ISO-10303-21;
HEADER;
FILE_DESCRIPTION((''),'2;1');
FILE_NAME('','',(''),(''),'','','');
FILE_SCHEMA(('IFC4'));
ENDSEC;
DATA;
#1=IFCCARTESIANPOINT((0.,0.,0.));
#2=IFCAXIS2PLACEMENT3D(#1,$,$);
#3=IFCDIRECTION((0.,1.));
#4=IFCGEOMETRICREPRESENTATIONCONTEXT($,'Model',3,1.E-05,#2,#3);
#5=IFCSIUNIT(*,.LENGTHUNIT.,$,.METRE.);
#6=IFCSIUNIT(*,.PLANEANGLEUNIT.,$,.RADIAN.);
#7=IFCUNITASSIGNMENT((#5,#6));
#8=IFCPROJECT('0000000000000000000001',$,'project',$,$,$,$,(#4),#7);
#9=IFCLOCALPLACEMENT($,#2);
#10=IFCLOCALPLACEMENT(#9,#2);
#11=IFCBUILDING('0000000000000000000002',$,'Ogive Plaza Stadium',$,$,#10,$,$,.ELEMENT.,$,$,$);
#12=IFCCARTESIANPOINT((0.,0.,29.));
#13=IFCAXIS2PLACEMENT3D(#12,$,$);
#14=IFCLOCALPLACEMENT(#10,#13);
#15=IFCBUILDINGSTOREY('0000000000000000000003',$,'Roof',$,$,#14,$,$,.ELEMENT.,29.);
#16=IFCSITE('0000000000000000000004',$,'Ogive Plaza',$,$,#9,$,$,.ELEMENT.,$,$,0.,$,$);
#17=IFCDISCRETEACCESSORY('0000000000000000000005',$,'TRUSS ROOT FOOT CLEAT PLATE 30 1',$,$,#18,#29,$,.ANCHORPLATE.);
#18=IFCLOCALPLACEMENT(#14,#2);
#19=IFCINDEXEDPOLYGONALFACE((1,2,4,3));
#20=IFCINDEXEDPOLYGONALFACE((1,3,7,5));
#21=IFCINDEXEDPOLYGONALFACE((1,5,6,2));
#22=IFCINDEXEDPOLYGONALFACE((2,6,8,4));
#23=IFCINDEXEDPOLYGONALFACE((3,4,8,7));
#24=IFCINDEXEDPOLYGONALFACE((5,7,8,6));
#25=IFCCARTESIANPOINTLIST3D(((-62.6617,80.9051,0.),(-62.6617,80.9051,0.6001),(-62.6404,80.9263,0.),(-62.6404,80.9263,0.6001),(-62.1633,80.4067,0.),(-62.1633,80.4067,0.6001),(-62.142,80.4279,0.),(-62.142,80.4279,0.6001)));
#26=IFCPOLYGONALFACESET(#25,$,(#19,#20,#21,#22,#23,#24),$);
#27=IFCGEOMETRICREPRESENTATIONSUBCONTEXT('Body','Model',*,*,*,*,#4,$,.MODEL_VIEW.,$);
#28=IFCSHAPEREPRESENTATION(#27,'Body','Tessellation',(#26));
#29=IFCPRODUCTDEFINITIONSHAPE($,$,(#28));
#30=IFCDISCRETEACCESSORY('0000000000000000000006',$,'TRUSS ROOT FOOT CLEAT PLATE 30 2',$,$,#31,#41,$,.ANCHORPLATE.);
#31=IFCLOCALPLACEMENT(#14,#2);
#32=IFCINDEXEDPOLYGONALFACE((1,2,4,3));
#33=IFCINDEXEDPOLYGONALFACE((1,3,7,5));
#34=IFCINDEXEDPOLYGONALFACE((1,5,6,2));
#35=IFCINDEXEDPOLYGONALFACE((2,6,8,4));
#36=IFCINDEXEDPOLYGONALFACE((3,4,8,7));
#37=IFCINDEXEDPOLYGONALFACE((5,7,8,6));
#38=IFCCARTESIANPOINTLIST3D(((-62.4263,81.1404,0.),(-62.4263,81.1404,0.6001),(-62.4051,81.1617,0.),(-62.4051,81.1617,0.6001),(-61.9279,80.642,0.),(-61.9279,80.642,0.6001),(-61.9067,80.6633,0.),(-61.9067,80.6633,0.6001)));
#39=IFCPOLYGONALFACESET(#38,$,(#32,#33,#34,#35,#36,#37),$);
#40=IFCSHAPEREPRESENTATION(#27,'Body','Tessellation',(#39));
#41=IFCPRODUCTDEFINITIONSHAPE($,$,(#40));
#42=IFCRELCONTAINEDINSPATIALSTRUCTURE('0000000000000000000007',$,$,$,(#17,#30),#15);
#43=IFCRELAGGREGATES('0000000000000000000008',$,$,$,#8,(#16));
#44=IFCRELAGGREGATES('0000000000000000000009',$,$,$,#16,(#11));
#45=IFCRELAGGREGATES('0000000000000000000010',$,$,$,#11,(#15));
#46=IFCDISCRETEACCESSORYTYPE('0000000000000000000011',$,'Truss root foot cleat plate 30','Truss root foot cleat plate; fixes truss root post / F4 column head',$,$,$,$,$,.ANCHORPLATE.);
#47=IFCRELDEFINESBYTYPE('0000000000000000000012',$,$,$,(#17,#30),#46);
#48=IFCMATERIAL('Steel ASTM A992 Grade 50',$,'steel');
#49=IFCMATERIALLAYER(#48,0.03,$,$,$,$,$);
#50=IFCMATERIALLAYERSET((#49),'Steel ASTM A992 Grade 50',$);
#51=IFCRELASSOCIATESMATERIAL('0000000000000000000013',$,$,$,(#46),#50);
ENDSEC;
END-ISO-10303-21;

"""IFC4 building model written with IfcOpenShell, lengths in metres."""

from ifc_helpers import new_model, si_unit, direction, frame, origin, origin_2d, place, context, subcontext, project, spatial, rectangle, extrude, material, layer, layer_set, type_object, element, save


model = new_model("IFC4")

# Units and contexts
model_context = context("Model", 3, precision=1e-05, world=origin(), true_north=direction((0.0, 1.0)))
body_context = subcontext(model_context, "Body", "Model", "MODEL_VIEW")
ifc_project = project(units=[si_unit("LENGTHUNIT", "METRE"), si_unit("PLANEANGLEUNIT", "RADIAN")], contexts=[model_context])

# Site, building, storey
site_placement = place(None, origin())
site = spatial("IfcSite", under=ifc_project, at=site_placement, Name="Ogive Plaza", CompositionType="ELEMENT", RefElevation=0.0)
building_placement = place(site_placement, origin())
building = spatial("IfcBuilding", under=site, at=building_placement, Name="Ogive Plaza Stadium", CompositionType="ELEMENT")
storey_placement = place(building_placement, frame((0.0, 0.0, 29.0)))
storey = spatial("IfcBuildingStorey", under=building, at=storey_placement, Name="Roof", CompositionType="ELEMENT", Elevation=29.0)

# Discrete accessories
ifc_material_1 = material(Name="Steel ASTM A992 Grade 50", Category="steel")
ifc_layer_1 = layer(ifc_material_1, 0.03)
ifc_layer_set_1 = layer_set([ifc_layer_1], Name="Steel ASTM A992 Grade 50")
discrete_accessory_type_1 = type_object("IfcDiscreteAccessoryType", Name="Truss root foot cleat plate 30", Description="Truss root foot cleat plate; fixes truss root post / F4 column head", PredefinedType="ANCHORPLATE", material=ifc_layer_set_1)
for number, where, z_axis, x_axis, name in (
    (1, (-62.4019, 80.6665, 0.0), (0.0, 0.0, 1.0), (-0.707107, 0.707107, 0.0), "TRUSS ROOT FOOT CLEAT PLATE 30 1"),
    (2, (-62.1665, 80.9019, 0.0), (0.0, 0.0, 1.0), (-0.707107, 0.707107, 0.0), "TRUSS ROOT FOOT CLEAT PLATE 30 2"),
):
    element("IfcDiscreteAccessory", number, at=place(storey_placement, frame(where, z_axis=z_axis, x_axis=x_axis)), inside=storey, type_object=discrete_accessory_type_1, Name=name, PredefinedType="ANCHORPLATE", context=body_context, shape_type="SweptSolid", body=[
        extrude(rectangle(XDim=0.7048, YDim=0.03, at=origin_2d()), origin(), (0.0, 0.0, 1.0), 0.6001),
    ])

save(model, "model.ifc")
